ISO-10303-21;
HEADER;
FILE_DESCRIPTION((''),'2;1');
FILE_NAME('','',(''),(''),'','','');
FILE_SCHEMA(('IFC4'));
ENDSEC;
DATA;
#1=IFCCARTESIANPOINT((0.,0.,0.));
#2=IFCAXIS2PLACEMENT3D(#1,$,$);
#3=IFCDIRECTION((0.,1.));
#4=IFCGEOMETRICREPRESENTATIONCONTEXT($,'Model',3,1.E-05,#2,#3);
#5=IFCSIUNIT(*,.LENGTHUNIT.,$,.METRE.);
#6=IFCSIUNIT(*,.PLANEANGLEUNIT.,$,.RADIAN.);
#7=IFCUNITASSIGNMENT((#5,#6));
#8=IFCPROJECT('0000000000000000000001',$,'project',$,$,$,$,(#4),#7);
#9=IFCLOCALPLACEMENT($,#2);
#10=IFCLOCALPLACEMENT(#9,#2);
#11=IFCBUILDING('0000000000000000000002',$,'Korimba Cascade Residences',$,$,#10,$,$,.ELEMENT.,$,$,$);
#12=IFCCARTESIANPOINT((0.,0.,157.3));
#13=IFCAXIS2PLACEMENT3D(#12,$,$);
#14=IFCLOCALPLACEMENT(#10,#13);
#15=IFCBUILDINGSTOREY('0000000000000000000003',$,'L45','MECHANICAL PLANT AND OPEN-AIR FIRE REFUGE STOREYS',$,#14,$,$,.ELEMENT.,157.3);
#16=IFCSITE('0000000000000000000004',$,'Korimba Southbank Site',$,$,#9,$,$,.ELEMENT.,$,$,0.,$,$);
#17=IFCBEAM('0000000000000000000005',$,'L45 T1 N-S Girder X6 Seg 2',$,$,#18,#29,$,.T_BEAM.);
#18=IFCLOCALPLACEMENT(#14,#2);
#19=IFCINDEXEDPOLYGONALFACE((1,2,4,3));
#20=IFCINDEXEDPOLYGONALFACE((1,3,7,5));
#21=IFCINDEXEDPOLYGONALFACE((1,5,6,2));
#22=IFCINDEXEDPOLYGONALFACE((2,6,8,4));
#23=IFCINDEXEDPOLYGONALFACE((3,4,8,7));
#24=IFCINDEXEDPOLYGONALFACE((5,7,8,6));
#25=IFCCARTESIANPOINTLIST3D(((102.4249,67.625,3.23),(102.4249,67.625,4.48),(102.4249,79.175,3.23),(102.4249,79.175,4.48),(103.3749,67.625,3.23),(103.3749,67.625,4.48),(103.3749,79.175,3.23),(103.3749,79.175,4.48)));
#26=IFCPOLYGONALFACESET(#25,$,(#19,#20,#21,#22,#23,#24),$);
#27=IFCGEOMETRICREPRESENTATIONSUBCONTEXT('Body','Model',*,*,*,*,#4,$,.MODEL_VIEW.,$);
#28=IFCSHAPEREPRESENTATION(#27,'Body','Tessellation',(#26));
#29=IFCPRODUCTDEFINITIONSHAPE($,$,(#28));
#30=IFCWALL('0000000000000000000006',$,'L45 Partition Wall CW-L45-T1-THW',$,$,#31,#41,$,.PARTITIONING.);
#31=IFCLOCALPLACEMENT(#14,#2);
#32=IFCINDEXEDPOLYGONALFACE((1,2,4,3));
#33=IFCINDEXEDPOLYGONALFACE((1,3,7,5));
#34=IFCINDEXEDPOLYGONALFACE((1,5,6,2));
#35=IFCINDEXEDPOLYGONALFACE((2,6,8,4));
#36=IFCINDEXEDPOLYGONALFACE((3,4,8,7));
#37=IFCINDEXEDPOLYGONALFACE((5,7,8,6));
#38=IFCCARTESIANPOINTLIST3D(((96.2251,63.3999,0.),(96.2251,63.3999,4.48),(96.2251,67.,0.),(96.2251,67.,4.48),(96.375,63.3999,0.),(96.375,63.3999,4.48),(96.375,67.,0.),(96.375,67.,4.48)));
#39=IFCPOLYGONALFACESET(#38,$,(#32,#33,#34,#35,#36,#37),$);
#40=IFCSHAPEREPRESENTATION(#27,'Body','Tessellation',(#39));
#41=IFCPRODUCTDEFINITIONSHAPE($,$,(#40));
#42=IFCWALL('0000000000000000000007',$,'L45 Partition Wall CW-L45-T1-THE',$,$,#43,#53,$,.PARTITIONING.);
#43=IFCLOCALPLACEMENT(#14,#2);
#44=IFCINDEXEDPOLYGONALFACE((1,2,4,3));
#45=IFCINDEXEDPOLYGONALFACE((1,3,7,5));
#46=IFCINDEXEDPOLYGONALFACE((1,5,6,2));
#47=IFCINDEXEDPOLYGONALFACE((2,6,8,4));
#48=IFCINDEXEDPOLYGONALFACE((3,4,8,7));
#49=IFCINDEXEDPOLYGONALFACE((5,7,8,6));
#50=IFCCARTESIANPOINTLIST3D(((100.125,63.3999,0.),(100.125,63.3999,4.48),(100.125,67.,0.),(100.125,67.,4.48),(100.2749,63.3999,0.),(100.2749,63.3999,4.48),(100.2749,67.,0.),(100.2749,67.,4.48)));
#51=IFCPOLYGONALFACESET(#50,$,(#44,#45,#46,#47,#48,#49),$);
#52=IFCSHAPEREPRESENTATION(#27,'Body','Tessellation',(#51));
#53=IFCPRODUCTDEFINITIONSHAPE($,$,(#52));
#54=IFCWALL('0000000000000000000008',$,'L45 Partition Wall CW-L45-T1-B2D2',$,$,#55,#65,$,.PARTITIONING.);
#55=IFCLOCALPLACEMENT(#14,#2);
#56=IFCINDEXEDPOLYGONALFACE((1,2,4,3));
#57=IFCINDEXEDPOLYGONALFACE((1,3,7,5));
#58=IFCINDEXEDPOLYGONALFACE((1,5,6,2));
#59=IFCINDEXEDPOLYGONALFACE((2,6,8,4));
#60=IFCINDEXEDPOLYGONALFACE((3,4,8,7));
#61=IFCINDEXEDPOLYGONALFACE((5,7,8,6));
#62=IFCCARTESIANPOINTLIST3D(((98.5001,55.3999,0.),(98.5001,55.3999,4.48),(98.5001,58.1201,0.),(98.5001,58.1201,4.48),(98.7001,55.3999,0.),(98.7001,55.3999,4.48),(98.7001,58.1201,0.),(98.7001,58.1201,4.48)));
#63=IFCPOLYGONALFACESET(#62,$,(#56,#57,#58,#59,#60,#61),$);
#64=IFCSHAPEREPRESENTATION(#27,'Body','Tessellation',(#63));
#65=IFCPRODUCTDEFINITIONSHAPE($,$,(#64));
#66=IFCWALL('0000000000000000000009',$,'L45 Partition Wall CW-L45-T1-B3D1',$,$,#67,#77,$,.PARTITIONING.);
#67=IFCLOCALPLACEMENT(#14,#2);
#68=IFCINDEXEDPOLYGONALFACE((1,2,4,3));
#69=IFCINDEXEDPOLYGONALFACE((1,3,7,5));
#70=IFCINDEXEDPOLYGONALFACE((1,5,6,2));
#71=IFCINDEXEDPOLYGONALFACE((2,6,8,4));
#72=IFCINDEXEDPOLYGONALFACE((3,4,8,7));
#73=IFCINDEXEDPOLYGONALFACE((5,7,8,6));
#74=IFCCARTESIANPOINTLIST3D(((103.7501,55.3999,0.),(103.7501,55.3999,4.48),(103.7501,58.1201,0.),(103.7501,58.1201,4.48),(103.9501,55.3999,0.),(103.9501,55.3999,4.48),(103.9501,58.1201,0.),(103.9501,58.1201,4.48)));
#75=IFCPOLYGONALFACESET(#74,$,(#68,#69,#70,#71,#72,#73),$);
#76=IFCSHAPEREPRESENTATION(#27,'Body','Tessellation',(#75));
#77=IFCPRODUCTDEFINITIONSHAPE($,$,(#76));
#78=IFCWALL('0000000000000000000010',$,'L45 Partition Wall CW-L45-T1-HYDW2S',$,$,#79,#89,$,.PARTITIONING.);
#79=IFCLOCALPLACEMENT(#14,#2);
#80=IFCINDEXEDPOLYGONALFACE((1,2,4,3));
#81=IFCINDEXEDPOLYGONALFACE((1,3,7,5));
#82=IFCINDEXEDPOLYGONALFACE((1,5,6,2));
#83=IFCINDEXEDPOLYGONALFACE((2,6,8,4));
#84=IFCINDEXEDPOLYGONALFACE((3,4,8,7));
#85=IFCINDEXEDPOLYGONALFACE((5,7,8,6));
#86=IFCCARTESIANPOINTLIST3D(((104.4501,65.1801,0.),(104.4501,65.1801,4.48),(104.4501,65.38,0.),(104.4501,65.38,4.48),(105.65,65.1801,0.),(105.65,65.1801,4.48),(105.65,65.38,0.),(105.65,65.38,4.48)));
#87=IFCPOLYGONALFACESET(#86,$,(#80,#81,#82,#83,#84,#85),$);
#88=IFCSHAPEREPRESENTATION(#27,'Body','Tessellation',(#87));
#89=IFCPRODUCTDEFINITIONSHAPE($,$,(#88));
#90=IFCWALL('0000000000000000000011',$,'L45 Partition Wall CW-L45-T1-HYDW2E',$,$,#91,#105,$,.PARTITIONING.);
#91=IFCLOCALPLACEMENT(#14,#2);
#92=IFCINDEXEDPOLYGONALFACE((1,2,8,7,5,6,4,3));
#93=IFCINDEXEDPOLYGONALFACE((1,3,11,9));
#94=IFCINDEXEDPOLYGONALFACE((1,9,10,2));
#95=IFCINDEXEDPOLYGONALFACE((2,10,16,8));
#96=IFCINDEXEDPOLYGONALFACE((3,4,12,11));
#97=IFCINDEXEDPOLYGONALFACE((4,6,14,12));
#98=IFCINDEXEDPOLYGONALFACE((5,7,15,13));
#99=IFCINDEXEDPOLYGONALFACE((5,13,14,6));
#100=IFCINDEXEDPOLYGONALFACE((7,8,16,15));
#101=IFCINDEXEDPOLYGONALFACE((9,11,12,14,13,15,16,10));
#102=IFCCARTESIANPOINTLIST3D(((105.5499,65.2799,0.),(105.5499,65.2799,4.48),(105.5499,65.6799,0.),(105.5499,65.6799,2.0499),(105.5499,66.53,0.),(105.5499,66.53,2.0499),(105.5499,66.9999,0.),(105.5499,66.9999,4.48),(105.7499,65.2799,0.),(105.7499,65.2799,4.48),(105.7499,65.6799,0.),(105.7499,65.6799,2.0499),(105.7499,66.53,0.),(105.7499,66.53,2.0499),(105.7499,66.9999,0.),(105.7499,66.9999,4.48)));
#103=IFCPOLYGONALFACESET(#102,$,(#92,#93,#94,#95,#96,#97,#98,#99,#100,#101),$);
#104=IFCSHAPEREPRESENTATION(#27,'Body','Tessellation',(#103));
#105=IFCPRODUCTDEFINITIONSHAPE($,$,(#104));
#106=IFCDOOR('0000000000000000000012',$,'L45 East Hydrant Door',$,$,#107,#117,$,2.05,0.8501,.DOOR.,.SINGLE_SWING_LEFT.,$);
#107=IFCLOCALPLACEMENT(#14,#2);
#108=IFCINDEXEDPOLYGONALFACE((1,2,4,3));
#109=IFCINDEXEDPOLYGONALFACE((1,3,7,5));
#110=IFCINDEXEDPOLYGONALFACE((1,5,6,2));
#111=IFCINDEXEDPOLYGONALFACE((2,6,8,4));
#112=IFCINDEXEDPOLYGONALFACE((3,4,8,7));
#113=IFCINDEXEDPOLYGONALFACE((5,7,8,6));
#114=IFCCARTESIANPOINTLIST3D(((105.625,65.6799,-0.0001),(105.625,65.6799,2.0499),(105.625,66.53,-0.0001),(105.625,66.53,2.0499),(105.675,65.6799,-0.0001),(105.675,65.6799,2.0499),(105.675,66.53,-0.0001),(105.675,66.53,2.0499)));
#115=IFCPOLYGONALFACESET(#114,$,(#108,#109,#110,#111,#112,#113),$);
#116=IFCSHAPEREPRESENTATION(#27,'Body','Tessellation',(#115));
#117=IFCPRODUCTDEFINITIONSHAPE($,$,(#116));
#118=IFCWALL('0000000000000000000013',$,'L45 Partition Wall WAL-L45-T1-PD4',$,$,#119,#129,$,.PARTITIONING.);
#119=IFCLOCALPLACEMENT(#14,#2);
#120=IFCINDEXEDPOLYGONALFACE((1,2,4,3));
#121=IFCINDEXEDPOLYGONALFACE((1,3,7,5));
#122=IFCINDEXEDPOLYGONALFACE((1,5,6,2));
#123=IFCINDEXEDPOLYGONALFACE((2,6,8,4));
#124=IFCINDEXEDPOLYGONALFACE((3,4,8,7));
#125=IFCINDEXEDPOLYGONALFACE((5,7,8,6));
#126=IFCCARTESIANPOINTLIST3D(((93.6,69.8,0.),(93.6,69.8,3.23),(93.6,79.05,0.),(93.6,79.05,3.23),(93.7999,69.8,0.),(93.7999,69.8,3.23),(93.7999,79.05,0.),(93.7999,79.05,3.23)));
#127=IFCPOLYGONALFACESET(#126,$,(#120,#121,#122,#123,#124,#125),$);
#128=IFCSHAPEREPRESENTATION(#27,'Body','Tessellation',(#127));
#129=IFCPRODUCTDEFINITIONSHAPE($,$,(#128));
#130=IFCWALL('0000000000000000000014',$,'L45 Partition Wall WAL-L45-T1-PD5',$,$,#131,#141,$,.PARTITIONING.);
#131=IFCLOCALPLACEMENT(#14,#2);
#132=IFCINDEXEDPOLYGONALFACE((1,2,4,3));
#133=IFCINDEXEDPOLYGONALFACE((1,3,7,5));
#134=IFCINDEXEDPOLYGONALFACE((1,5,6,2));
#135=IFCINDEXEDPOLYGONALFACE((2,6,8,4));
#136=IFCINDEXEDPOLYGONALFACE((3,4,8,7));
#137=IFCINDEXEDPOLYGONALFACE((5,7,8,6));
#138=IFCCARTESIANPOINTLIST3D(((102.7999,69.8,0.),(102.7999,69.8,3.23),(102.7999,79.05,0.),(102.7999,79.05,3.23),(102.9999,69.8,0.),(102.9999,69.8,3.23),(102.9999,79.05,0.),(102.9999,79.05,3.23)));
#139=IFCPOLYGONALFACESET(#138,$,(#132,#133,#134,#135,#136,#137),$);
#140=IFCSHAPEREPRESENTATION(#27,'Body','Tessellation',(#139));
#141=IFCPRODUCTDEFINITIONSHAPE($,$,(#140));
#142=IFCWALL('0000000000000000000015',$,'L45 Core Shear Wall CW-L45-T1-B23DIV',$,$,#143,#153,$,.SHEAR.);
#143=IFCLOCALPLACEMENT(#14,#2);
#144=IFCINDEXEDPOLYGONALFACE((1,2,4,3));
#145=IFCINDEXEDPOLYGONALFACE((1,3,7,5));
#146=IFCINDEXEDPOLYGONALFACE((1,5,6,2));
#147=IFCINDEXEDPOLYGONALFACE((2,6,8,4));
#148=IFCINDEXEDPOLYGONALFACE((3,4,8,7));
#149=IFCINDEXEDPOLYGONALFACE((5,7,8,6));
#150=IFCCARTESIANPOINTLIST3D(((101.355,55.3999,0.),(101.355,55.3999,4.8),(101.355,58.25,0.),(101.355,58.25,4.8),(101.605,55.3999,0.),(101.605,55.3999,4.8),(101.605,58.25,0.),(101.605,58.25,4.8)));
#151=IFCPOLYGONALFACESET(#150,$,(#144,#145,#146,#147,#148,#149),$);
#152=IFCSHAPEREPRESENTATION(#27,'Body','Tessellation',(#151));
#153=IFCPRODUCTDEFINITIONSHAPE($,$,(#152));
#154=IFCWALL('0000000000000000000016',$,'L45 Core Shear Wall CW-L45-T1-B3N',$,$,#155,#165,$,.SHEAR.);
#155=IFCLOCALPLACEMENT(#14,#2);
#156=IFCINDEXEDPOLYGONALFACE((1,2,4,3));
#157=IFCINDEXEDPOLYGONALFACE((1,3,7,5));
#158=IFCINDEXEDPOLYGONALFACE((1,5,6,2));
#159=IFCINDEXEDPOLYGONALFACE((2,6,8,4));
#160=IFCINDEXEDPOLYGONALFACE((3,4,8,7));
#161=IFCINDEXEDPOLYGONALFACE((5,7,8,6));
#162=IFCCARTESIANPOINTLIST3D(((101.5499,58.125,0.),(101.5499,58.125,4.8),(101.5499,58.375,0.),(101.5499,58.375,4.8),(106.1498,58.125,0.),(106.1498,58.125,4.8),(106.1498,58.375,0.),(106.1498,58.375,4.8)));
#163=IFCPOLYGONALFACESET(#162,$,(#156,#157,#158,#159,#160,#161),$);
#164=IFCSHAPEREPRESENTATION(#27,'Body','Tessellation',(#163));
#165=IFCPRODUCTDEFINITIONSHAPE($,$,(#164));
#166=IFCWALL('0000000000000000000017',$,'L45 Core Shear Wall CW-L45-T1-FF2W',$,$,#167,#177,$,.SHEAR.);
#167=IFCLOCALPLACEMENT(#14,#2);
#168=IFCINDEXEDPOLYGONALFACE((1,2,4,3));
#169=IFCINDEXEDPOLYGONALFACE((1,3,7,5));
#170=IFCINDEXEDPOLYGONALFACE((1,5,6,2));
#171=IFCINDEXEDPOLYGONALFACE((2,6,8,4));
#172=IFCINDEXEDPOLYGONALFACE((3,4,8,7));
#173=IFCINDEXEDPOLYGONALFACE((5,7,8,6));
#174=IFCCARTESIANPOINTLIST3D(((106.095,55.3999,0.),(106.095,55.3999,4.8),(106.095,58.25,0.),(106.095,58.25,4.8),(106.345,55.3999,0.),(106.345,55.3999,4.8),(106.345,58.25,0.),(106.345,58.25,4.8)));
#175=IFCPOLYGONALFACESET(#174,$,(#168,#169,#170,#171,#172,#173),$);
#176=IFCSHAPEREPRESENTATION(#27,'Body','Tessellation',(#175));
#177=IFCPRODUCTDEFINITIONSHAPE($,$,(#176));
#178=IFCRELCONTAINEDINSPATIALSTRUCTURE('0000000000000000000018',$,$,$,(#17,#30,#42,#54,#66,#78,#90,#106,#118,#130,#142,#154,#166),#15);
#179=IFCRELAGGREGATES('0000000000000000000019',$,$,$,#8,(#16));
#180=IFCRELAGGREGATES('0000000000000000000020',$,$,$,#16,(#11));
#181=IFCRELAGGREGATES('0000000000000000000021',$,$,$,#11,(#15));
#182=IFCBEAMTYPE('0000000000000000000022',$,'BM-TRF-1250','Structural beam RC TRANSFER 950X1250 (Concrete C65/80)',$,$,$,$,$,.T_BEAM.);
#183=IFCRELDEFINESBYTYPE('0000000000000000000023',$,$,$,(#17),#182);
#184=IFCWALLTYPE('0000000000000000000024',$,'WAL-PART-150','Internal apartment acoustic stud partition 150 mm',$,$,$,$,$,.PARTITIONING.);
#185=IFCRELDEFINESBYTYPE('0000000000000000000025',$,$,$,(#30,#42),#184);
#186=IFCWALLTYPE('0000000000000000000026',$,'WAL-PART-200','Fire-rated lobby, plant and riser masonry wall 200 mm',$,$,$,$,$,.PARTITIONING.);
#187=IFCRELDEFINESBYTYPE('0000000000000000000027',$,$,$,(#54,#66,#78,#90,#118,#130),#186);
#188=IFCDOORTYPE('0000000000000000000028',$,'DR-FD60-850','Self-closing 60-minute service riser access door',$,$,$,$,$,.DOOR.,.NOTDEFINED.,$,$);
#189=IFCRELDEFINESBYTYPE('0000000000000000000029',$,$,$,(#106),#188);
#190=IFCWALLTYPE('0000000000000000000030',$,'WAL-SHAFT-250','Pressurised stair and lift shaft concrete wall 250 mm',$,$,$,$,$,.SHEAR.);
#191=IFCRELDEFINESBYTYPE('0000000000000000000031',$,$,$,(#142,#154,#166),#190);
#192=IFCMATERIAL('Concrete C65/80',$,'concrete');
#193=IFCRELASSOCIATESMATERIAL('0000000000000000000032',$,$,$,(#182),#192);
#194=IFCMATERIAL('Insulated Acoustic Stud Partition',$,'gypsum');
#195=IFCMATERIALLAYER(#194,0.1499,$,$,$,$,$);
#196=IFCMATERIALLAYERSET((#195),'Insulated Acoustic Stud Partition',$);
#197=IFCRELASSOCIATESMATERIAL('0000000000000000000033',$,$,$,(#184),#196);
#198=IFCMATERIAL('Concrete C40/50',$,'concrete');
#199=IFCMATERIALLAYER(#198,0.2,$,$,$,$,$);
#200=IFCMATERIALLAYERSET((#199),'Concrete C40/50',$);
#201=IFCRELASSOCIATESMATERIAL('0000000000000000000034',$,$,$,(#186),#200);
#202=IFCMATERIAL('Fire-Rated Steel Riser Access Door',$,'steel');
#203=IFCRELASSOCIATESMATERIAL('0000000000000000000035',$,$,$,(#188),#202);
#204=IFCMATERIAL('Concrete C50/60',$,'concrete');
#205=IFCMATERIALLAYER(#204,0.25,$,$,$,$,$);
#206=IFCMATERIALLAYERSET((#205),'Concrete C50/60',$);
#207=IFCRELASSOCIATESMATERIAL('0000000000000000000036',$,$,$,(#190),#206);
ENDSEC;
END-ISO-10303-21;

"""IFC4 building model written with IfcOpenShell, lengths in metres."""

from ifc_helpers import new_model, si_unit, direction, frame, frame_2d, origin, origin_2d, place, context, subcontext, project, spatial, rectangle, extrude, material, layer, layer_set, material_profile, profile_set, type_object, element, fill, save


model = new_model("IFC4")

# Units and contexts
model_context = context("Model", 3, precision=1e-05, world=origin(), true_north=direction((0.0, 1.0)))
body_context = subcontext(model_context, "Body", "Model", "MODEL_VIEW")
ifc_project = project(units=[si_unit("LENGTHUNIT", "METRE"), si_unit("PLANEANGLEUNIT", "RADIAN")], contexts=[model_context])

# Site, building, storey
site_placement = place(None, origin())
site = spatial("IfcSite", under=ifc_project, at=site_placement, Name="Korimba Southbank Site", CompositionType="ELEMENT", RefElevation=0.0)
building_placement = place(site_placement, origin())
building = spatial("IfcBuilding", under=site, at=building_placement, Name="Korimba Cascade Residences", CompositionType="ELEMENT")
storey_placement = place(building_placement, frame((0.0, 0.0, 157.3)))
storey = spatial("IfcBuildingStorey", under=building, at=storey_placement, Name="L45", Description="MECHANICAL PLANT AND OPEN-AIR FIRE REFUGE STOREYS", CompositionType="ELEMENT", Elevation=157.3)

# Shared definitions
ifc_material_1 = material(Name="Concrete C65/80", Category="concrete")

# Beam
ifc_material_profile_1 = material_profile(ifc_material_1, rectangle(XDim=0.95, YDim=1.25, at=origin_2d()), Name="Concrete C65/80")
ifc_profile_set_1 = profile_set([ifc_material_profile_1], Name="Concrete C65/80")
beam_type_1 = type_object("IfcBeamType", Name="BM-TRF-1250", Description="Structural beam RC TRANSFER 950X1250 (Concrete C65/80)", PredefinedType="T_BEAM", material=ifc_profile_set_1)
beam_1_placement = place(storey_placement, frame((102.8999, 67.625, 3.855), z_axis=(0.0, 1.0, 0.0), x_axis=(-1.0, 0.0, 0.0)))
element("IfcBeam", 1, at=beam_1_placement, inside=storey, type_object=beam_type_1, Name="L45 T1 N-S Girder X6 Seg 2", PredefinedType="T_BEAM", context=body_context, shape_type="SweptSolid", body=[
    extrude(rectangle(XDim=0.95, YDim=1.25, at=origin_2d()), origin(), (0.0, 0.0, 1.0), 11.55),
])

# Walls
ifc_material_2 = material(Name="Insulated Acoustic Stud Partition", Category="gypsum")
ifc_layer_1 = layer(ifc_material_2, 0.1499)
ifc_layer_set_1 = layer_set([ifc_layer_1], Name="Insulated Acoustic Stud Partition")
wall_type_1 = type_object("IfcWallType", Name="WAL-PART-150", Description="Internal apartment acoustic stud partition 150 mm", PredefinedType="PARTITIONING", material=ifc_layer_set_1)
for number, where, z_axis, x_axis, name in (
    (2, (96.3, 63.3999, 0.0), (0.0, 0.0, 1.0), (0.0, 1.0, 0.0), "L45 Partition Wall CW-L45-T1-THW"),
    (3, (100.2, 63.3999, 0.0), (0.0, 0.0, 1.0), (0.0, 1.0, 0.0), "L45 Partition Wall CW-L45-T1-THE"),
):
    element("IfcWall", number, at=place(storey_placement, frame(where, z_axis=z_axis, x_axis=x_axis)), inside=storey, type_object=wall_type_1, Name=name, PredefinedType="PARTITIONING", context=body_context, shape_type="SweptSolid", body=[
        extrude(rectangle(XDim=3.6001, YDim=0.1499, at=frame_2d((1.8, 0.0))), origin(), (0.0, 0.0, 1.0), 4.48),
    ])
ifc_material_3 = material(Name="Concrete C40/50", Category="concrete")
ifc_layer_2 = layer(ifc_material_3, 0.2)
ifc_layer_set_2 = layer_set([ifc_layer_2], Name="Concrete C40/50")
wall_type_2 = type_object("IfcWallType", Name="WAL-PART-200", Description="Fire-rated lobby, plant and riser masonry wall 200 mm", PredefinedType="PARTITIONING", material=ifc_layer_set_2)
for number, where, z_axis, x_axis, name in (
    (4, (98.6001, 55.3999, 0.0), (0.0, 0.0, 1.0), (0.0, 1.0, 0.0), "L45 Partition Wall CW-L45-T1-B2D2"),
    (5, (103.8501, 55.3999, 0.0), (0.0, 0.0, 1.0), (0.0, 1.0, 0.0), "L45 Partition Wall CW-L45-T1-B3D1"),
):
    element("IfcWall", number, at=place(storey_placement, frame(where, z_axis=z_axis, x_axis=x_axis)), inside=storey, type_object=wall_type_2, Name=name, PredefinedType="PARTITIONING", context=body_context, shape_type="SweptSolid", body=[
        extrude(rectangle(XDim=2.7202, YDim=0.2, at=frame_2d((1.3601, 0.0))), origin(), (0.0, 0.0, 1.0), 4.48),
    ])
wall_1_placement = place(storey_placement, frame((104.45, 65.28, 0.0), z_axis=(0.0, 0.0, 1.0), x_axis=(1.0, 0.0, 0.0)))
element("IfcWall", 6, at=wall_1_placement, inside=storey, type_object=wall_type_2, Name="L45 Partition Wall CW-L45-T1-HYDW2S", PredefinedType="PARTITIONING", context=body_context, shape_type="SweptSolid", body=[
    extrude(rectangle(XDim=1.2, YDim=0.2, at=frame_2d((0.6001, 0.0))), origin(), (0.0, 0.0, 1.0), 4.48),
])

# Wall, opening, door
wall_2_placement = place(storey_placement, frame((105.6499, 65.28, 0.0), z_axis=(0.0, 0.0, 1.0), x_axis=(0.0, 1.0, 0.0)))
wall_2 = element("IfcWall", 7, at=wall_2_placement, inside=storey, type_object=wall_type_2, Name="L45 Partition Wall CW-L45-T1-HYDW2E", PredefinedType="PARTITIONING", context=body_context, shape_type="SweptSolid", body=[
    extrude(rectangle(XDim=1.72, YDim=0.2, at=frame_2d((0.8599, 0.0))), origin(), (0.0, 0.0, 1.0), 4.48),
])
opening_1_placement = place(wall_2_placement, frame((0.3999, 0.0, 0.0)))
opening_1 = element("IfcOpeningElement", 8, at=opening_1_placement, cuts=wall_2, PredefinedType="OPENING", context=body_context, shape_type="SweptSolid", body=[
    extrude(rectangle(XDim=0.8501, YDim=2.05, at=frame_2d((0.425, 1.0249))), frame((0.0, 0.1099, 0.0), z_axis=(0.0, -1.0, 0.0), x_axis=(1.0, 0.0, 0.0)), (0.0, 0.0, 1.0), 0.22),
])
ifc_material_4 = material(Name="Fire-Rated Steel Riser Access Door", Category="steel")
door_type_1 = type_object("IfcDoorType", Name="DR-FD60-850", Description="Self-closing 60-minute service riser access door", OperationType="NOTDEFINED", PredefinedType="DOOR", material=ifc_material_4)
door_1_placement = place(opening_1_placement, origin())
door_1 = element("IfcDoor", 9, at=door_1_placement, inside=storey, type_object=door_type_1, Name="L45 East Hydrant Door", OperationType="SINGLE_SWING_LEFT", OverallHeight=2.05, OverallWidth=0.8501, PredefinedType="DOOR", context=body_context, shape_type="SweptSolid", body=[
    extrude(rectangle(XDim=0.8501, YDim=2.05, at=frame_2d((0.425, 1.0249))), frame((0.0, 0.0249, 0.0), z_axis=(0.0, -1.0, 0.0), x_axis=(1.0, 0.0, 0.0)), (0.0, 0.0, 1.0), 0.05),
])
fill(opening_1, door_1)

# Walls
for number, where, z_axis, x_axis, name in (
    (10, (93.7, 69.8, 0.0), (0.0, 0.0, 1.0), (0.0, 1.0, 0.0), "L45 Partition Wall WAL-L45-T1-PD4"),
    (11, (102.8999, 69.8, 0.0), (0.0, 0.0, 1.0), (0.0, 1.0, 0.0), "L45 Partition Wall WAL-L45-T1-PD5"),
):
    element("IfcWall", number, at=place(storey_placement, frame(where, z_axis=z_axis, x_axis=x_axis)), inside=storey, type_object=wall_type_2, Name=name, PredefinedType="PARTITIONING", context=body_context, shape_type="SweptSolid", body=[
        extrude(rectangle(XDim=9.25, YDim=0.2, at=frame_2d((4.625, 0.0))), origin(), (0.0, 0.0, 1.0), 3.23),
    ])
ifc_material_5 = material(Name="Concrete C50/60", Category="concrete")
ifc_layer_3 = layer(ifc_material_5, 0.25)
ifc_layer_set_3 = layer_set([ifc_layer_3], Name="Concrete C50/60")
wall_type_3 = type_object("IfcWallType", Name="WAL-SHAFT-250", Description="Pressurised stair and lift shaft concrete wall 250 mm", PredefinedType="SHEAR", material=ifc_layer_set_3)
wall_3_placement = place(storey_placement, frame((101.48, 55.3999, 0.0), z_axis=(0.0, 0.0, 1.0), x_axis=(0.0, 1.0, 0.0)))
element("IfcWall", 12, at=wall_3_placement, inside=storey, type_object=wall_type_3, Name="L45 Core Shear Wall CW-L45-T1-B23DIV", PredefinedType="SHEAR", context=body_context, shape_type="SweptSolid", body=[
    extrude(rectangle(XDim=2.8501, YDim=0.25, at=frame_2d((1.425, 0.0))), origin(), (0.0, 0.0, 1.0), 4.8),
])
wall_4_placement = place(storey_placement, frame((101.55, 58.25, 0.0), z_axis=(0.0, 0.0, 1.0), x_axis=(1.0, 0.0, 0.0)))
element("IfcWall", 13, at=wall_4_placement, inside=storey, type_object=wall_type_3, Name="L45 Core Shear Wall CW-L45-T1-B3N", PredefinedType="SHEAR", context=body_context, shape_type="SweptSolid", body=[
    extrude(rectangle(XDim=4.5999, YDim=0.25, at=frame_2d((2.2998, 0.0))), origin(), (0.0, 0.0, 1.0), 4.8),
])
wall_5_placement = place(storey_placement, frame((106.22, 55.3999, 0.0), z_axis=(0.0, 0.0, 1.0), x_axis=(0.0, 1.0, 0.0)))
element("IfcWall", 14, at=wall_5_placement, inside=storey, type_object=wall_type_3, Name="L45 Core Shear Wall CW-L45-T1-FF2W", PredefinedType="SHEAR", context=body_context, shape_type="SweptSolid", body=[
    extrude(rectangle(XDim=2.8501, YDim=0.25, at=frame_2d((1.425, 0.0))), origin(), (0.0, 0.0, 1.0), 4.8),
])

save(model, "model.ifc")
